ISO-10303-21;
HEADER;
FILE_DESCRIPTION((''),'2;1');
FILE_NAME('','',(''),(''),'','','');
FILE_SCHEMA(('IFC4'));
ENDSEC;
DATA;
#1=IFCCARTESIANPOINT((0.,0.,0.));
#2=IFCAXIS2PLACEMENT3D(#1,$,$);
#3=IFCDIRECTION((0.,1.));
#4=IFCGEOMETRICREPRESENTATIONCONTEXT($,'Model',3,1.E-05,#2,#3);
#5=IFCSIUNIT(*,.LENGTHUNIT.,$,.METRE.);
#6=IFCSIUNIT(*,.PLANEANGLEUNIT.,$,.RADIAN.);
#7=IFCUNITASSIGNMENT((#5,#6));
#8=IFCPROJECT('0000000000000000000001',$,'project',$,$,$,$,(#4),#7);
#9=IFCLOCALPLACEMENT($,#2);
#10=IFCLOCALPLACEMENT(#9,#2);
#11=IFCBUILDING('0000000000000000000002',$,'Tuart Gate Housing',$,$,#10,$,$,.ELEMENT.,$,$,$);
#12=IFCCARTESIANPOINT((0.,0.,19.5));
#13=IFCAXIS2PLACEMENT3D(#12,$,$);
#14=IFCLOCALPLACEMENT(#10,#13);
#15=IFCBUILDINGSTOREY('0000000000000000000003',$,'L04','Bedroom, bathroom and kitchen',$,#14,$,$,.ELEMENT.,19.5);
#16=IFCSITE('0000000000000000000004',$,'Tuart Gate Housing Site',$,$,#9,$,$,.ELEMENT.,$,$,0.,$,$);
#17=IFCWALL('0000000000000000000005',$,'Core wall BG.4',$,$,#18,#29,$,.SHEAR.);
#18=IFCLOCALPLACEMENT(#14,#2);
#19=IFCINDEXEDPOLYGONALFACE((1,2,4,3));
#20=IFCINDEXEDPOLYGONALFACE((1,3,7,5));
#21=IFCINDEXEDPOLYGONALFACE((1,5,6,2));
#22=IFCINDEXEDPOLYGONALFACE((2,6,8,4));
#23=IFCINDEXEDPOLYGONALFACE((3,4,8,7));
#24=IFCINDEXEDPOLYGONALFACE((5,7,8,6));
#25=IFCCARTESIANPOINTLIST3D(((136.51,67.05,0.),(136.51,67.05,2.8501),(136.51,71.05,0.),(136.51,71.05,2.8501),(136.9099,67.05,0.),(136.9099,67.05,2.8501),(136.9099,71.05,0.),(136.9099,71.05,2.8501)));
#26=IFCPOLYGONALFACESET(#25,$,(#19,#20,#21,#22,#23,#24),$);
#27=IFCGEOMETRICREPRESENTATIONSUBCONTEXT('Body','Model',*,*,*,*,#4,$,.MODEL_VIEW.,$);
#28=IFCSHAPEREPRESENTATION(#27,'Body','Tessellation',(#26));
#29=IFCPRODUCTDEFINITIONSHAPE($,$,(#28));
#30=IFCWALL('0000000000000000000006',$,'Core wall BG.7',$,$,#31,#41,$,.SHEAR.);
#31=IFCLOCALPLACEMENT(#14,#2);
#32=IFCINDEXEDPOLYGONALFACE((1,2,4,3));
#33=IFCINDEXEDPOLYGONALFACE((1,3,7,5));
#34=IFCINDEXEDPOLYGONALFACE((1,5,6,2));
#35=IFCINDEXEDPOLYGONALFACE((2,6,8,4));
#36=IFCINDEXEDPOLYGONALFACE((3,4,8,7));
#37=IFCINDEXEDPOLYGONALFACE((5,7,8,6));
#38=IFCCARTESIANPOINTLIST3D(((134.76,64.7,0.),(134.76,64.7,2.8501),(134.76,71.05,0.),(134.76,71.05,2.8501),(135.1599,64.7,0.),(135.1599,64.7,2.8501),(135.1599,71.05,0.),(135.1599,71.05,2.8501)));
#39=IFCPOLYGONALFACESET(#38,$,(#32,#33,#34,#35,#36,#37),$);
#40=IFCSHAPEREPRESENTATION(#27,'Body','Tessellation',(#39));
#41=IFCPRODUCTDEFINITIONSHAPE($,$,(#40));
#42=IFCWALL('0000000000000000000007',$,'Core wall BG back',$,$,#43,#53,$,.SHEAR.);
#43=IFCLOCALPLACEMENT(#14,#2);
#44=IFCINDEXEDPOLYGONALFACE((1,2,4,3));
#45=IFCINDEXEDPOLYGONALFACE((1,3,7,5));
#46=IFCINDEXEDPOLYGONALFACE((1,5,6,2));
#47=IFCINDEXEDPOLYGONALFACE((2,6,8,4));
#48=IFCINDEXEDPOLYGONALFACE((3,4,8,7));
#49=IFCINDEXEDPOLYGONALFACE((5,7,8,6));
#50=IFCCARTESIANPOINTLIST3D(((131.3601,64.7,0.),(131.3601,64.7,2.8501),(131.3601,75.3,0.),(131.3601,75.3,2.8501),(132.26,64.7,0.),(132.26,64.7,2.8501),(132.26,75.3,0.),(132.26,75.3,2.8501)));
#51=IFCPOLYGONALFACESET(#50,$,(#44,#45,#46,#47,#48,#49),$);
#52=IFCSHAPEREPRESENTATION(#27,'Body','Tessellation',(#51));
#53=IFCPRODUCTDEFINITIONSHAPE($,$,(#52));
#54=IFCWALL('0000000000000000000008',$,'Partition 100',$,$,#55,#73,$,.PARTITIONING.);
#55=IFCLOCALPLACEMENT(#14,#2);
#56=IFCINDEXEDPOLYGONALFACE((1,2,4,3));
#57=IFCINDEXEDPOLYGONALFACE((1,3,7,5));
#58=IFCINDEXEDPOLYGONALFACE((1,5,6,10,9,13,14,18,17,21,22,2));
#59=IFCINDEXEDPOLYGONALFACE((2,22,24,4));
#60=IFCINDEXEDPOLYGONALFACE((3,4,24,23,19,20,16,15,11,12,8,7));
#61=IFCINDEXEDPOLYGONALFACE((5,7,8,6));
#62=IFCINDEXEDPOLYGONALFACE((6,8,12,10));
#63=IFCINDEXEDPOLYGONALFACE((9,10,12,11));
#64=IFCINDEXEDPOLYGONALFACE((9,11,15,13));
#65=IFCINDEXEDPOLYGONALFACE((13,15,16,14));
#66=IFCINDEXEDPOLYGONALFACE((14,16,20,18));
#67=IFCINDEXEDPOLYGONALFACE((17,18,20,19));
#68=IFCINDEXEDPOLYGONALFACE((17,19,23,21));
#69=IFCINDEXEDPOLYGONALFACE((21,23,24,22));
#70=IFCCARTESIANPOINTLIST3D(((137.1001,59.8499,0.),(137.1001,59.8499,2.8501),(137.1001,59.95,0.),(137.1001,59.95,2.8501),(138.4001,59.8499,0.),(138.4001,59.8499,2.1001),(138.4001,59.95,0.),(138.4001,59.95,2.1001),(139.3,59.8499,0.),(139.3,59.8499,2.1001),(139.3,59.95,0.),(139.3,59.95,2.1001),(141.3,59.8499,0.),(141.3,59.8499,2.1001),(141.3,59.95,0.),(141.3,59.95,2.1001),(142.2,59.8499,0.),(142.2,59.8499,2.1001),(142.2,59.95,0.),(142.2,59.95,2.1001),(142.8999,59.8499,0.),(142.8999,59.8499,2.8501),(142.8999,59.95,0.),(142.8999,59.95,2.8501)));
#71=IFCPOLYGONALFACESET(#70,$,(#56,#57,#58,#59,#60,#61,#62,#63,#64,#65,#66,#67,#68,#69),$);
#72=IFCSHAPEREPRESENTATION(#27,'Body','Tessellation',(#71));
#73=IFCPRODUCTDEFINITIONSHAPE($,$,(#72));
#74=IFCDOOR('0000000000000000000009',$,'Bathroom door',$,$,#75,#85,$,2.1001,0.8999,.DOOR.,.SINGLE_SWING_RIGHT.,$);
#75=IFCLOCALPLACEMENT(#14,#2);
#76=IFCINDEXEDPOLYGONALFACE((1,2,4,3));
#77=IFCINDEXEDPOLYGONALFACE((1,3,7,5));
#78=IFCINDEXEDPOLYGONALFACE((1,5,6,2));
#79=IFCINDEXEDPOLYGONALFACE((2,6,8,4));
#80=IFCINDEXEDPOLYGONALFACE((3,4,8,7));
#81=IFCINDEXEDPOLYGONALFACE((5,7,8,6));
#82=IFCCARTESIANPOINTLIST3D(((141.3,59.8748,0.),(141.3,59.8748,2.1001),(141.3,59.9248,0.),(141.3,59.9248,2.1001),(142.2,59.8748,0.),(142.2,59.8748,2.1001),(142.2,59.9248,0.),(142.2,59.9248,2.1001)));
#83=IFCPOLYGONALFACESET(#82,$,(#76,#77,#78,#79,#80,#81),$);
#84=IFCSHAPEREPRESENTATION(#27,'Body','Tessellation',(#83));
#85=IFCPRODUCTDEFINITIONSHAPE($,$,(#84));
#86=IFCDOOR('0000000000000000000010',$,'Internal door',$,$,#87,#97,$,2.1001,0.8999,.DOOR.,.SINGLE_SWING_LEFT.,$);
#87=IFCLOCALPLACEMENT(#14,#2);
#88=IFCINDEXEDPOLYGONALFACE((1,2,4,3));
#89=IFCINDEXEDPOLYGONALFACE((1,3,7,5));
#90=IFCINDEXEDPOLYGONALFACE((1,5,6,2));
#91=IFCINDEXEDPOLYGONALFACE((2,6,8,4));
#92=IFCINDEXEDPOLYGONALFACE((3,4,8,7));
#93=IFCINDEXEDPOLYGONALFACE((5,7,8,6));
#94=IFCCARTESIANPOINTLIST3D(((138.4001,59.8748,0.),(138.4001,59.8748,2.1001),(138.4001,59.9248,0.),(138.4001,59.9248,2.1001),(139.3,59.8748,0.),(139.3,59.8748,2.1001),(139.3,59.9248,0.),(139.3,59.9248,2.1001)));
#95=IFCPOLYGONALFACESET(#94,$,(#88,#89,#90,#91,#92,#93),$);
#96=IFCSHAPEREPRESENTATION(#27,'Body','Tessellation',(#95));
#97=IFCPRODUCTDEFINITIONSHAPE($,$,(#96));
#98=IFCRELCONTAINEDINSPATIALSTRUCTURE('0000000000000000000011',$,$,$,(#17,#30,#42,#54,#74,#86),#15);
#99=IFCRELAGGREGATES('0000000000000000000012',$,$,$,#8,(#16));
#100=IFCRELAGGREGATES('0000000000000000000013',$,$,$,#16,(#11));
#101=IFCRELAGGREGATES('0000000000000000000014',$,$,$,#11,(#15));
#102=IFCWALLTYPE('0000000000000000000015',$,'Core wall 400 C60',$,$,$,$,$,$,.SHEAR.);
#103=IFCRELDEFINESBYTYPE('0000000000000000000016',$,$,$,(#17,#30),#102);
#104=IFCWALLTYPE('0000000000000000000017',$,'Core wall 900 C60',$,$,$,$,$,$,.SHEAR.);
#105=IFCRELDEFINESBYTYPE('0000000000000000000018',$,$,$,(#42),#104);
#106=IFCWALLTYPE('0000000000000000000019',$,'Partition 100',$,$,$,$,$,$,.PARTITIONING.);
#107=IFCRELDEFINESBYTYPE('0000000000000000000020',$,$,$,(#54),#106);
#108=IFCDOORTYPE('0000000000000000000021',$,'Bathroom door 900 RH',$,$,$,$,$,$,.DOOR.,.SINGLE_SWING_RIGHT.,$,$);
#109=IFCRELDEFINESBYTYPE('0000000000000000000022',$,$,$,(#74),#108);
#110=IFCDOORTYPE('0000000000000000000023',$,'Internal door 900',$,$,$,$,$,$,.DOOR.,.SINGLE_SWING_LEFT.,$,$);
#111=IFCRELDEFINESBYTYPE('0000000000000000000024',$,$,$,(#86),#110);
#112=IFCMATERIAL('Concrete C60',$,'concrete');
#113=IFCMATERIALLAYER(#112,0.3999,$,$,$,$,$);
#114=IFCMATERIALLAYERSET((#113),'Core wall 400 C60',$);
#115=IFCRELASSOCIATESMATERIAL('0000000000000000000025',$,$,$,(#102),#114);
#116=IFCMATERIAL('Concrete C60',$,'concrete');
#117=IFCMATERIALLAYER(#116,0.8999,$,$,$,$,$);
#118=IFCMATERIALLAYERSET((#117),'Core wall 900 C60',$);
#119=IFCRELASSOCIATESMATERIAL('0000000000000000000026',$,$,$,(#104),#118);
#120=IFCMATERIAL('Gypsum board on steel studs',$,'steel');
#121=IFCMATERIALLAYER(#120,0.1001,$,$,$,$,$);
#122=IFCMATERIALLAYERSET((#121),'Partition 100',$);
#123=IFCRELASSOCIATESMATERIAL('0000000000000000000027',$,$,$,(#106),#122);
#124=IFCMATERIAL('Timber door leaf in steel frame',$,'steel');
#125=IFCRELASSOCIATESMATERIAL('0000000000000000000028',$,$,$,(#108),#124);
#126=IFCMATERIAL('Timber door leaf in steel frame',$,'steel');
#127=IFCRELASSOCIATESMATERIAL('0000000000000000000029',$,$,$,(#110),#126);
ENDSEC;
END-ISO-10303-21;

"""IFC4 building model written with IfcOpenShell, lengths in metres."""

from ifc_helpers import new_model, si_unit, direction, frame, frame_2d, origin, place, context, subcontext, project, spatial, rectangle, extrude, material, layer, layer_set, type_object, element, fill, save


model = new_model("IFC4")

# Units and contexts
model_context = context("Model", 3, precision=1e-05, world=origin(), true_north=direction((0.0, 1.0)))
body_context = subcontext(model_context, "Body", "Model", "MODEL_VIEW")
ifc_project = project(units=[si_unit("LENGTHUNIT", "METRE"), si_unit("PLANEANGLEUNIT", "RADIAN")], contexts=[model_context])

# Site, building, storey
site_placement = place(None, origin())
site = spatial("IfcSite", under=ifc_project, at=site_placement, Name="Tuart Gate Housing Site", CompositionType="ELEMENT", RefElevation=0.0)
building_placement = place(site_placement, origin())
building = spatial("IfcBuilding", under=site, at=building_placement, Name="Tuart Gate Housing", CompositionType="ELEMENT")
storey_placement = place(building_placement, frame((0.0, 0.0, 19.5)))
storey = spatial("IfcBuildingStorey", under=building, at=storey_placement, Name="L04", Description="Bedroom, bathroom and kitchen", CompositionType="ELEMENT", Elevation=19.5)

# Walls
ifc_material_1 = material(Name="Concrete C60", Category="concrete")
ifc_layer_1 = layer(ifc_material_1, 0.3999)
ifc_layer_set_1 = layer_set([ifc_layer_1], Name="Core wall 400 C60")
wall_type_1 = type_object("IfcWallType", Name="Core wall 400 C60", PredefinedType="SHEAR", material=ifc_layer_set_1)
wall_1_placement = place(storey_placement, frame((136.71, 67.05, 0.0), z_axis=(0.0, 0.0, 1.0), x_axis=(0.0, 1.0, 0.0)))
element("IfcWall", 1, at=wall_1_placement, inside=storey, type_object=wall_type_1, Name="Core wall BG.4", PredefinedType="SHEAR", context=body_context, shape_type="SweptSolid", body=[
    extrude(rectangle(XDim=4.0, YDim=0.3999, at=frame_2d((2.0, 0.0))), origin(), (0.0, 0.0, 1.0), 2.8501),
])
wall_2_placement = place(storey_placement, frame((134.96, 64.7, 0.0), z_axis=(0.0, 0.0, 1.0), x_axis=(0.0, 1.0, 0.0)))
element("IfcWall", 2, at=wall_2_placement, inside=storey, type_object=wall_type_1, Name="Core wall BG.7", PredefinedType="SHEAR", context=body_context, shape_type="SweptSolid", body=[
    extrude(rectangle(XDim=6.3501, YDim=0.3999, at=frame_2d((3.175, 0.0))), origin(), (0.0, 0.0, 1.0), 2.8501),
])
ifc_material_2 = material(Name="Concrete C60", Category="concrete")
ifc_layer_2 = layer(ifc_material_2, 0.8999)
ifc_layer_set_2 = layer_set([ifc_layer_2], Name="Core wall 900 C60")
wall_type_2 = type_object("IfcWallType", Name="Core wall 900 C60", PredefinedType="SHEAR", material=ifc_layer_set_2)
wall_3_placement = place(storey_placement, frame((131.8101, 64.7, 0.0), z_axis=(0.0, 0.0, 1.0), x_axis=(0.0, 1.0, 0.0)))
element("IfcWall", 3, at=wall_3_placement, inside=storey, type_object=wall_type_2, Name="Core wall BG back", PredefinedType="SHEAR", context=body_context, shape_type="SweptSolid", body=[
    extrude(rectangle(XDim=10.6001, YDim=0.8999, at=frame_2d((5.3, 0.0))), origin(), (0.0, 0.0, 1.0), 2.8501),
])

# Wall, openings, doors
ifc_material_3 = material(Name="Gypsum board on steel studs", Category="steel")
ifc_layer_3 = layer(ifc_material_3, 0.1001)
ifc_layer_set_3 = layer_set([ifc_layer_3], Name="Partition 100")
wall_type_3 = type_object("IfcWallType", Name="Partition 100", PredefinedType="PARTITIONING", material=ifc_layer_set_3)
wall_4_placement = place(storey_placement, frame((137.1001, 59.8999, 0.0), z_axis=(0.0, 0.0, 1.0), x_axis=(1.0, 0.0, 0.0)))
wall_4 = element("IfcWall", 4, at=wall_4_placement, inside=storey, type_object=wall_type_3, Name="Partition 100", PredefinedType="PARTITIONING", context=body_context, shape_type="SweptSolid", body=[
    extrude(rectangle(XDim=5.7998, YDim=0.1001, at=frame_2d((2.8999, 0.0))), origin(), (0.0, 0.0, 1.0), 2.8501),
])
opening_1_placement = place(wall_4_placement, frame((1.3, 0.0, 0.0)))
opening_1 = element("IfcOpeningElement", 5, at=opening_1_placement, cuts=wall_4, PredefinedType="OPENING", context=body_context, shape_type="SweptSolid", body=[
    extrude(rectangle(XDim=0.8999, YDim=2.1001, at=frame_2d((0.45, 1.05))), frame((0.0, 0.0601, 0.0), z_axis=(0.0, -1.0, 0.0), x_axis=(1.0, 0.0, 0.0)), (0.0, 0.0, 1.0), 0.1201),
])
opening_2_placement = place(wall_4_placement, frame((4.2, 0.0, 0.0)))
opening_2 = element("IfcOpeningElement", 6, at=opening_2_placement, cuts=wall_4, PredefinedType="OPENING", context=body_context, shape_type="SweptSolid", body=[
    extrude(rectangle(XDim=0.8999, YDim=2.1001, at=frame_2d((0.45, 1.05))), frame((0.0, 0.0601, 0.0), z_axis=(0.0, -1.0, 0.0), x_axis=(1.0, 0.0, 0.0)), (0.0, 0.0, 1.0), 0.1201),
])
ifc_material_4 = material(Name="Timber door leaf in steel frame", Category="steel")
door_type_1 = type_object("IfcDoorType", Name="Bathroom door 900 RH", OperationType="SINGLE_SWING_RIGHT", PredefinedType="DOOR", material=ifc_material_4)
door_1_placement = place(opening_2_placement, frame((0.8999, 0.0, 0.0), z_axis=(0.0, 0.0, 1.0), x_axis=(-1.0, 0.0, 0.0)))
door_1 = element("IfcDoor", 7, at=door_1_placement, inside=storey, type_object=door_type_1, Name="Bathroom door", OperationType="SINGLE_SWING_RIGHT", OverallHeight=2.1001, OverallWidth=0.8999, PredefinedType="DOOR", context=body_context, shape_type="SweptSolid", body=[
    extrude(rectangle(XDim=0.8999, YDim=2.1001, at=frame_2d((0.45, 1.05))), frame((0.0, 0.0251, 0.0), z_axis=(0.0, -1.0, 0.0), x_axis=(1.0, 0.0, 0.0)), (0.0, 0.0, 1.0), 0.05),
])
fill(opening_2, door_1)
ifc_material_5 = material(Name="Timber door leaf in steel frame", Category="steel")
door_type_2 = type_object("IfcDoorType", Name="Internal door 900", OperationType="SINGLE_SWING_LEFT", PredefinedType="DOOR", material=ifc_material_5)
door_2_placement = place(opening_1_placement, frame((0.8999, 0.0, 0.0), z_axis=(0.0, 0.0, 1.0), x_axis=(-1.0, 0.0, 0.0)))
door_2 = element("IfcDoor", 8, at=door_2_placement, inside=storey, type_object=door_type_2, Name="Internal door", OperationType="SINGLE_SWING_LEFT", OverallHeight=2.1001, OverallWidth=0.8999, PredefinedType="DOOR", context=body_context, shape_type="SweptSolid", body=[
    extrude(rectangle(XDim=0.8999, YDim=2.1001, at=frame_2d((0.45, 1.05))), frame((0.0, 0.0251, 0.0), z_axis=(0.0, -1.0, 0.0), x_axis=(1.0, 0.0, 0.0)), (0.0, 0.0, 1.0), 0.05),
])
fill(opening_1, door_2)

save(model, "model.ifc")
